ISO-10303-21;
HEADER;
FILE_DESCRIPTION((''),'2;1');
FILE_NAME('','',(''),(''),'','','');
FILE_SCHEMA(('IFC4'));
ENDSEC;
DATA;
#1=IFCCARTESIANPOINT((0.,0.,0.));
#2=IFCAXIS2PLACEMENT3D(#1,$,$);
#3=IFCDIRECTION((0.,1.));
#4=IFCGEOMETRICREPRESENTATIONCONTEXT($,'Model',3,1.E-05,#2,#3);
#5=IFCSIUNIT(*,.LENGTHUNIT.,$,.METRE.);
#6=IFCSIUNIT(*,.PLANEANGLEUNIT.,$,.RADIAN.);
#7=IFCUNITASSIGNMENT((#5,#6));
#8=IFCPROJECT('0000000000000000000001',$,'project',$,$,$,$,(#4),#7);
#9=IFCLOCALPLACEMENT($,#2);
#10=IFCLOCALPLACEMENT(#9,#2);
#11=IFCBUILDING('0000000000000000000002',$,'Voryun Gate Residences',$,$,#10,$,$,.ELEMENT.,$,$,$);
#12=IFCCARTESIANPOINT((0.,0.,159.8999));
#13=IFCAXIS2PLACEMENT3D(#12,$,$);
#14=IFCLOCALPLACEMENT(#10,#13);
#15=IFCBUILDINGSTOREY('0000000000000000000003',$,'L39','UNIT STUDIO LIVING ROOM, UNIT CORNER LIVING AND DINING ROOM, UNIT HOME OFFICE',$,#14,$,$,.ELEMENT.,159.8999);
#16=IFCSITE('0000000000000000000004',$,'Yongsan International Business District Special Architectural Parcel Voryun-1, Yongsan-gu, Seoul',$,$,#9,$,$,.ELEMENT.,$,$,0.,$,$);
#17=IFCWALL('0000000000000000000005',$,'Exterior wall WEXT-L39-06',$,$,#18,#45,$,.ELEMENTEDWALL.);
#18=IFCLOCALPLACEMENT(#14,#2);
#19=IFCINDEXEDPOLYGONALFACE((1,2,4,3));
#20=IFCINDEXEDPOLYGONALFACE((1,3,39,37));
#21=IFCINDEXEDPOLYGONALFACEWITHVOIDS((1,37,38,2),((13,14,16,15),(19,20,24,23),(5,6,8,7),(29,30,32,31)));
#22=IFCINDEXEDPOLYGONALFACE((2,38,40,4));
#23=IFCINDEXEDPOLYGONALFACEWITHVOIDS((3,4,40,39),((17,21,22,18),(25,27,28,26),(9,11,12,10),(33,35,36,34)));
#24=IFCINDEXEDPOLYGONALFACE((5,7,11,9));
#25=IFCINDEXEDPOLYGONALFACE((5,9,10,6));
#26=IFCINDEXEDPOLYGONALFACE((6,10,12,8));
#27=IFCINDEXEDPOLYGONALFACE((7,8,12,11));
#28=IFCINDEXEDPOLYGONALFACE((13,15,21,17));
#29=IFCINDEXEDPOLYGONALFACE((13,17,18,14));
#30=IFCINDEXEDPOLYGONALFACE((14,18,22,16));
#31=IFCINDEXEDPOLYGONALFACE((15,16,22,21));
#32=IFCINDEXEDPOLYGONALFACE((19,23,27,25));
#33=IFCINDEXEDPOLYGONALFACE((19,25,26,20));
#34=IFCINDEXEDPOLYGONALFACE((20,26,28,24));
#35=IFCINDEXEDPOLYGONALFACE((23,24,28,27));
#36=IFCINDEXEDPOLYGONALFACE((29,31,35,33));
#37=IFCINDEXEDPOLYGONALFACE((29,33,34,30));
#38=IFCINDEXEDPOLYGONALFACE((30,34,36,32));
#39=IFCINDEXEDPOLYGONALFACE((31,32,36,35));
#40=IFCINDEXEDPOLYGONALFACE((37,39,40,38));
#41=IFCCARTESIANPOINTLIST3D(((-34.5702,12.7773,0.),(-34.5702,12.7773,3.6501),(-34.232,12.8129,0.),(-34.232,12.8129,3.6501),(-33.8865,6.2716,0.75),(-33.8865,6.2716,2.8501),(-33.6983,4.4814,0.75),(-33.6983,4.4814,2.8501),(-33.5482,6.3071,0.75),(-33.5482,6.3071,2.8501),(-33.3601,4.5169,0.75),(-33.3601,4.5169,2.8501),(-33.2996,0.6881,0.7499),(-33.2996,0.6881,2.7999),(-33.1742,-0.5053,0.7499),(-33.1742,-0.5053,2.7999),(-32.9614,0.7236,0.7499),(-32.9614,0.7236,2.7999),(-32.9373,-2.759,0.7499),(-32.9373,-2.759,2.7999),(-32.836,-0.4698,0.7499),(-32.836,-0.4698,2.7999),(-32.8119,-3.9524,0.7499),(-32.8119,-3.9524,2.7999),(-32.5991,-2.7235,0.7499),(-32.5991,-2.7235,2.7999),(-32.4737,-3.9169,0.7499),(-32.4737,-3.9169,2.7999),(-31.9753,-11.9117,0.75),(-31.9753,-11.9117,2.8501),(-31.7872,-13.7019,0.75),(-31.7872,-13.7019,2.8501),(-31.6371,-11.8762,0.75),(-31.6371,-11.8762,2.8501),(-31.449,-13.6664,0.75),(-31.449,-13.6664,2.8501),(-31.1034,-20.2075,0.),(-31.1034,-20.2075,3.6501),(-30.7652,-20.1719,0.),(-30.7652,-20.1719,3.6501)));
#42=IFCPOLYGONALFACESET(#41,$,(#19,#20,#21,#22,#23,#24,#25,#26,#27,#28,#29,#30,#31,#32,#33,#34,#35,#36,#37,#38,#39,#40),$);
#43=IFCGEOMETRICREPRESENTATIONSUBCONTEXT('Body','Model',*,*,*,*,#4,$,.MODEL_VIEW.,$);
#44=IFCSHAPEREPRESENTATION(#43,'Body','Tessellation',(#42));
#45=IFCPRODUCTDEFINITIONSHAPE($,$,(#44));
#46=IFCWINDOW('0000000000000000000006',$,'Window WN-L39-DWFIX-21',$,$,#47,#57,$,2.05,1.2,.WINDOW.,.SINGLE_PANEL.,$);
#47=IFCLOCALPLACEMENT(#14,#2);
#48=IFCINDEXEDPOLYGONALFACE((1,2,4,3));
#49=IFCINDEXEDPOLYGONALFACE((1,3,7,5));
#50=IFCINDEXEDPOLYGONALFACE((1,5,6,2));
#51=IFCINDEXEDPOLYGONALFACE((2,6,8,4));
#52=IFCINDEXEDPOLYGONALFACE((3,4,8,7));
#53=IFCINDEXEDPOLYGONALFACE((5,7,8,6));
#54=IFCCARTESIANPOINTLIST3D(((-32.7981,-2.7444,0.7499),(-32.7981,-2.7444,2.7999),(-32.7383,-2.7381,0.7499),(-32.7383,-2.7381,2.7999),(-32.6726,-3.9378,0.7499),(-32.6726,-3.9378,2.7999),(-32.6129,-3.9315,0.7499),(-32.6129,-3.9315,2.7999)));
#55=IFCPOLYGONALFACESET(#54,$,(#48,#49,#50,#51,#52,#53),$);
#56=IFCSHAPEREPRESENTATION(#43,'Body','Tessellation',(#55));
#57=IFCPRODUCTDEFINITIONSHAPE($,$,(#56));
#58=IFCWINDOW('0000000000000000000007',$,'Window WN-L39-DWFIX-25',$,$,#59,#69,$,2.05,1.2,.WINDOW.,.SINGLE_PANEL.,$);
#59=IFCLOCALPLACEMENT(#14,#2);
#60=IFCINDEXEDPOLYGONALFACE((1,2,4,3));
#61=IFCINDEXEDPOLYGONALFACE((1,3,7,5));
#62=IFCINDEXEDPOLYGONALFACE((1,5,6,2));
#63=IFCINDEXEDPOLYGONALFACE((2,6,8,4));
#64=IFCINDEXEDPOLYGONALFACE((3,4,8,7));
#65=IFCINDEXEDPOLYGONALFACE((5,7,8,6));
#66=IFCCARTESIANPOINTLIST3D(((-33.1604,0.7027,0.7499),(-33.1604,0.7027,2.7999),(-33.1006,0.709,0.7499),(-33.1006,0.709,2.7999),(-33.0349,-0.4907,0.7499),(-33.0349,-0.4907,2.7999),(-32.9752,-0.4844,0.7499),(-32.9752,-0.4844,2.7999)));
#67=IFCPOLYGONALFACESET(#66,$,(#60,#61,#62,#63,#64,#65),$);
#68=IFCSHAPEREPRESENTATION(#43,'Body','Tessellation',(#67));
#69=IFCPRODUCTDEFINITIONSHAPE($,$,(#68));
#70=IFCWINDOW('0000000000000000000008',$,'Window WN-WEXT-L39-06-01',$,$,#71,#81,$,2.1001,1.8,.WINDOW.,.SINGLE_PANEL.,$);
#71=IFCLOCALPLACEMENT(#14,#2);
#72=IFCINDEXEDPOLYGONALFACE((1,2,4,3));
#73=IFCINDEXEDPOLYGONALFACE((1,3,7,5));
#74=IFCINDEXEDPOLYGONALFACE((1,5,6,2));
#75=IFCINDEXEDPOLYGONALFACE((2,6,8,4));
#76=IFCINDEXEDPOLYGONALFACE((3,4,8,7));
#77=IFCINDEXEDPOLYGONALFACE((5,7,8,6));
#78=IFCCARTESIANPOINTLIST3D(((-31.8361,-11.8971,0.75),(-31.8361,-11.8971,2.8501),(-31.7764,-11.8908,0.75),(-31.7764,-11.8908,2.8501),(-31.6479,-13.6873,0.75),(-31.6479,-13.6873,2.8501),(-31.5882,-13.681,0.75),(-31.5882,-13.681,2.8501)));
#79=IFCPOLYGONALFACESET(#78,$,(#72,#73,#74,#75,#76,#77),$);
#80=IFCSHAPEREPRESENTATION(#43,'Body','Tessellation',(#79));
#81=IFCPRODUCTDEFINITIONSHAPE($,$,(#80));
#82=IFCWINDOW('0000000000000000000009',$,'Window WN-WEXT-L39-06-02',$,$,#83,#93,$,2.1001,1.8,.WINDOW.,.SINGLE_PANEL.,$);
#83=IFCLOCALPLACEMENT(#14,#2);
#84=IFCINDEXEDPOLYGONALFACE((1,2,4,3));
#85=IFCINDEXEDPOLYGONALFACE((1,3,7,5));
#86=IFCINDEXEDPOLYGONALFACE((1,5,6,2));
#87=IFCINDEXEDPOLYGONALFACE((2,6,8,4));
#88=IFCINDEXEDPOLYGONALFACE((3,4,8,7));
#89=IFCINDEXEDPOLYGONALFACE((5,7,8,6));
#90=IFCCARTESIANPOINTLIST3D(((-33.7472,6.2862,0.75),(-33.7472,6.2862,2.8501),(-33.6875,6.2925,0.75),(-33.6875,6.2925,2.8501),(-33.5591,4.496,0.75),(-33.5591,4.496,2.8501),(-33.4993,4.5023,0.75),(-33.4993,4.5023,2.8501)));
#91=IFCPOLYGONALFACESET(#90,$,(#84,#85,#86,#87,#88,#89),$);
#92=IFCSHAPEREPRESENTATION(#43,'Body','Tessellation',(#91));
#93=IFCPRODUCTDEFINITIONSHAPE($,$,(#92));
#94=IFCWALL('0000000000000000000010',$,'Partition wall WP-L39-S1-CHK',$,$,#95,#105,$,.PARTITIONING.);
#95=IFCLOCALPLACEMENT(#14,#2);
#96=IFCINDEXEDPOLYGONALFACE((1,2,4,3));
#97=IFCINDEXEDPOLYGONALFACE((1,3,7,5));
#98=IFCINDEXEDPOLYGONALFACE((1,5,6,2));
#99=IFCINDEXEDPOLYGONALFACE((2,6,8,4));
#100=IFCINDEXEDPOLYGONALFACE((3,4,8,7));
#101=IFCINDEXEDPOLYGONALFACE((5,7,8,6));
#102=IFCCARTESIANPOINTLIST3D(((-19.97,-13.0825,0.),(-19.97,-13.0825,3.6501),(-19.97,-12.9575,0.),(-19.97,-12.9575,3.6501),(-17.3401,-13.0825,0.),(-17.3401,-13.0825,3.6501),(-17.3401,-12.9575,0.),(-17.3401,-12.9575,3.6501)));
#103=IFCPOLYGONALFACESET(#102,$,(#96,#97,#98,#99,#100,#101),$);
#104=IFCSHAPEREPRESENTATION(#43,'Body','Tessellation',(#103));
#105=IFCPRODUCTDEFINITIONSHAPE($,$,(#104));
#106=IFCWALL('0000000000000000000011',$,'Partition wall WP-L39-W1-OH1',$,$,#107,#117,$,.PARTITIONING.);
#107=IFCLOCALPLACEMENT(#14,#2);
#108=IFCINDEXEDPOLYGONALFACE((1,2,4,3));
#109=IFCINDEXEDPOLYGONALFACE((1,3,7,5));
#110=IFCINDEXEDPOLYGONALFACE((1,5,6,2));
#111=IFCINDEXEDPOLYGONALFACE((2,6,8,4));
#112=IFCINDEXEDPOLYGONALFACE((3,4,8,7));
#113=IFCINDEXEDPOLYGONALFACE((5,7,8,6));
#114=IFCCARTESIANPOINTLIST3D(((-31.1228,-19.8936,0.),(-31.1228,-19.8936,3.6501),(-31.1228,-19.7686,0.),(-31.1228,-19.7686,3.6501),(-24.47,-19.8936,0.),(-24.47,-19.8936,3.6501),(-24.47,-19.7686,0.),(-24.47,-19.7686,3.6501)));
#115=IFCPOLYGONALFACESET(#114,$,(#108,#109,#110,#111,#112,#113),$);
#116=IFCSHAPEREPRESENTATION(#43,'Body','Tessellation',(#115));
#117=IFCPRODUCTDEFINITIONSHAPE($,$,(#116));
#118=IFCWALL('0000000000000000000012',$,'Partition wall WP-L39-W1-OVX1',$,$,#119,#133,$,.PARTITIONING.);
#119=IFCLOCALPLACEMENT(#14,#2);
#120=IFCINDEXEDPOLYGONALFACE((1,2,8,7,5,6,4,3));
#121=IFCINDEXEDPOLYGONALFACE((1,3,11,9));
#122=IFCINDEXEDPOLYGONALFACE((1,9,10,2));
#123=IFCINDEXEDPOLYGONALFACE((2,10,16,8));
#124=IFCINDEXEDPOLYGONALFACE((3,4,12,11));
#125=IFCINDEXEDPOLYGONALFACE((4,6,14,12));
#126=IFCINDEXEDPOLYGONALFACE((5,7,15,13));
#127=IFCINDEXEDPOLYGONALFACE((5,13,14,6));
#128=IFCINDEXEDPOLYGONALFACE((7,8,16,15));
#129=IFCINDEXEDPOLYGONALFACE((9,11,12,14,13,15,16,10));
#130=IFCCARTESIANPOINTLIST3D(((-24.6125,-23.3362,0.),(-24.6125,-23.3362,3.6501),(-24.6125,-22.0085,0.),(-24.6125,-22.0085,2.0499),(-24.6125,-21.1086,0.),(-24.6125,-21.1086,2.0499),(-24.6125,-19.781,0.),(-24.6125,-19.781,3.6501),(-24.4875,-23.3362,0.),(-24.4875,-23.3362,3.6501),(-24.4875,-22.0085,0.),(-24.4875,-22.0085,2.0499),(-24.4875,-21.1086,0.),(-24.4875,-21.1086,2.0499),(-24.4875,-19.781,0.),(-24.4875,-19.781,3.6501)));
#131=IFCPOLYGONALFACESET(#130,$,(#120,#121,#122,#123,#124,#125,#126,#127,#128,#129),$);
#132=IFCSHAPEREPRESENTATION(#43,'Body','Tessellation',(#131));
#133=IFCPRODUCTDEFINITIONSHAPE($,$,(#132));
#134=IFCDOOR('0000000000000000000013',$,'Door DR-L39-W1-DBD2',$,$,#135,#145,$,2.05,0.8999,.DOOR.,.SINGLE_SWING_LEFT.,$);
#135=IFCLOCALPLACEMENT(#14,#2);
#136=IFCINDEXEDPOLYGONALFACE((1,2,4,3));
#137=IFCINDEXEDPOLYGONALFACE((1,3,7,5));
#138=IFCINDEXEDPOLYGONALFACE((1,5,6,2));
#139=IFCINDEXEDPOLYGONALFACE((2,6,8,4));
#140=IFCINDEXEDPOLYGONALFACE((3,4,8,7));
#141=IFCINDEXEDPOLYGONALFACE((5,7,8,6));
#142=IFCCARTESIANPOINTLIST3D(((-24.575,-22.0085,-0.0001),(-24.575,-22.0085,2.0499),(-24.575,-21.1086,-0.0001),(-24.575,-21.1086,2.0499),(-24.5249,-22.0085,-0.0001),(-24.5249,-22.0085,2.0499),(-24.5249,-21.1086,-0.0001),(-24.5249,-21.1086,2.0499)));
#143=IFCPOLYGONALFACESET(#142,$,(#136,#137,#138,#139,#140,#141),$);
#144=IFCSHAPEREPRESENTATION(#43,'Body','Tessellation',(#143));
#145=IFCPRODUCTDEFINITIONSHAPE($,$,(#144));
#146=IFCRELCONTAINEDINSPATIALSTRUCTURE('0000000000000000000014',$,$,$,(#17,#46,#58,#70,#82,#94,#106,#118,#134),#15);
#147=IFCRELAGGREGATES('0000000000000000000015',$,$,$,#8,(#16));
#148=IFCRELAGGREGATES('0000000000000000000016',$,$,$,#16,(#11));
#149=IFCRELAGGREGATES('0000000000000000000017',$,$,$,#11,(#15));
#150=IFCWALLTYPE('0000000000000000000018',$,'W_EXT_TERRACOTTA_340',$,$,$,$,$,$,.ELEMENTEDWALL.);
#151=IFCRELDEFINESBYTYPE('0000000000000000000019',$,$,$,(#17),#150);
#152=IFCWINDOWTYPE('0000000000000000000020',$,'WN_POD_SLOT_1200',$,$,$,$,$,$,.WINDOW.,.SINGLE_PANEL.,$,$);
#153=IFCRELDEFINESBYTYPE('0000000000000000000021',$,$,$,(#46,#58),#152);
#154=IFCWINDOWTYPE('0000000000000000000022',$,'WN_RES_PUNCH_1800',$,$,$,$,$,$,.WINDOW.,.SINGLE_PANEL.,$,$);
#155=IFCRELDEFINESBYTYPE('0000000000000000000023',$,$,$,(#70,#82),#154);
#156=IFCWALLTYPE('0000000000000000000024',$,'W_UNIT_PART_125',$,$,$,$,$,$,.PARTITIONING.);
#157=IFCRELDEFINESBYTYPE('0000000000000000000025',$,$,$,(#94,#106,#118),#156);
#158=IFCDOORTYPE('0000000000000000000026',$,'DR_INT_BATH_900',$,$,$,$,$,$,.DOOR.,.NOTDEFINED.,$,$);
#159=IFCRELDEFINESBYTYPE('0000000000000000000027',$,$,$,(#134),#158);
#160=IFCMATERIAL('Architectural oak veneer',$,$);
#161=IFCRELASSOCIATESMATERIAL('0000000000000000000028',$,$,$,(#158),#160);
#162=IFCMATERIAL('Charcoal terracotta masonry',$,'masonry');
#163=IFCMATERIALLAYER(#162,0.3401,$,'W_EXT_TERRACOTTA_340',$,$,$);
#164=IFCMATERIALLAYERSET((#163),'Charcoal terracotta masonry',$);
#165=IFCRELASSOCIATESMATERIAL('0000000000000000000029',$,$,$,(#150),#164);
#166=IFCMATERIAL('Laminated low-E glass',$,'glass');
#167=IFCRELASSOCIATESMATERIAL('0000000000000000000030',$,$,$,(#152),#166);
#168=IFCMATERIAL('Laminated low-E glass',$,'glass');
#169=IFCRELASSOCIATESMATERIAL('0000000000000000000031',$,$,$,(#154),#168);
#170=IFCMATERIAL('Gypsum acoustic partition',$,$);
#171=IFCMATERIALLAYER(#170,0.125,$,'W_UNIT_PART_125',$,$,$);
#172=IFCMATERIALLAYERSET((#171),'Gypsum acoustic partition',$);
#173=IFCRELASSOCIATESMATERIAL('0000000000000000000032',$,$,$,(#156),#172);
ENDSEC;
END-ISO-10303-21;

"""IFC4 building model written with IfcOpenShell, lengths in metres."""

from ifc_helpers import new_model, si_unit, direction, frame, frame_2d, origin, place, context, subcontext, project, spatial, rectangle, extrude, material, layer, layer_set, type_object, element, fill, save


model = new_model("IFC4")

# Units and contexts
model_context = context("Model", 3, precision=1e-05, world=origin(), true_north=direction((0.0, 1.0)))
body_context = subcontext(model_context, "Body", "Model", "MODEL_VIEW")
ifc_project = project(units=[si_unit("LENGTHUNIT", "METRE"), si_unit("PLANEANGLEUNIT", "RADIAN")], contexts=[model_context])

# Site, building, storey
site_placement = place(None, origin())
site = spatial("IfcSite", under=ifc_project, at=site_placement, Name="Yongsan International Business District Special Architectural Parcel Voryun-1, Yongsan-gu, Seoul", CompositionType="ELEMENT", RefElevation=0.0)
building_placement = place(site_placement, origin())
building = spatial("IfcBuilding", under=site, at=building_placement, Name="Voryun Gate Residences", CompositionType="ELEMENT")
storey_placement = place(building_placement, frame((0.0, 0.0, 159.8999)))
storey = spatial("IfcBuildingStorey", under=building, at=storey_placement, Name="L39", Description="UNIT STUDIO LIVING ROOM, UNIT CORNER LIVING AND DINING ROOM, UNIT HOME OFFICE", CompositionType="ELEMENT", Elevation=159.8999)

# Shared definitions
ifc_material_1 = material(Name="Architectural oak veneer")
door_type_1 = type_object("IfcDoorType", Name="DR_INT_BATH_900", OperationType="NOTDEFINED", PredefinedType="DOOR", material=ifc_material_1)

# Shared definitions
ifc_material_2 = material(Name="Charcoal terracotta masonry", Category="masonry")
ifc_layer_1 = layer(ifc_material_2, 0.3401, Name="W_EXT_TERRACOTTA_340")
ifc_layer_set_1 = layer_set([ifc_layer_1], Name="Charcoal terracotta masonry")
wall_type_1 = type_object("IfcWallType", Name="W_EXT_TERRACOTTA_340", PredefinedType="ELEMENTEDWALL", material=ifc_layer_set_1)

# Wall, openings, windows
wall_1_placement = place(storey_placement, frame((-30.9343, -20.1897, 0.0), z_axis=(0.0, 0.0, 1.0), x_axis=(-0.104527, 0.994522, 0.0)))
wall_1 = element("IfcWall", 1, at=wall_1_placement, inside=storey, type_object=wall_type_1, Name="Exterior wall WEXT-L39-06", PredefinedType="ELEMENTEDWALL", context=body_context, shape_type="SweptSolid", body=[
    extrude(rectangle(XDim=33.1665, YDim=0.3401, at=frame_2d((16.5833, 0.0))), origin(), (0.0, 0.0, 1.0), 3.6501),
])
opening_1_placement = place(wall_1_placement, frame((6.5415, 0.0, 0.75)))
opening_1 = element("IfcOpeningElement", 2, at=opening_1_placement, cuts=wall_1, PredefinedType="OPENING", context=body_context, shape_type="SweptSolid", body=[
    extrude(rectangle(XDim=1.8, YDim=2.1001, at=frame_2d((0.8999, 1.05))), frame((0.0, 0.1799, 0.0), z_axis=(0.0, -1.0, 0.0), x_axis=(1.0, 0.0, 0.0)), (0.0, 0.0, 1.0), 0.3601),
])
opening_2_placement = place(wall_1_placement, frame((24.825, 0.0, 0.75)))
opening_2 = element("IfcOpeningElement", 3, at=opening_2_placement, cuts=wall_1, PredefinedType="OPENING", context=body_context, shape_type="SweptSolid", body=[
    extrude(rectangle(XDim=1.8, YDim=2.1001, at=frame_2d((0.8999, 1.05))), frame((0.0, 0.1799, 0.0), z_axis=(0.0, -1.0, 0.0), x_axis=(1.0, 0.0, 0.0)), (0.0, 0.0, 1.0), 0.3601),
])
opening_3_placement = place(wall_1_placement, frame((16.3445, 0.0, 0.75)))
opening_3 = element("IfcOpeningElement", 4, at=opening_3_placement, cuts=wall_1, PredefinedType="OPENING", context=body_context, shape_type="SweptSolid", body=[
    extrude(rectangle(XDim=1.2, YDim=2.05, at=frame_2d((0.6001, 1.0249))), frame((0.0, 0.1799, 0.0), z_axis=(0.0, -1.0, 0.0), x_axis=(1.0, 0.0, 0.0)), (0.0, 0.0, 1.0), 0.3601),
])
opening_4_placement = place(wall_1_placement, frame((19.8105, 0.0, 0.75)))
opening_4 = element("IfcOpeningElement", 5, at=opening_4_placement, cuts=wall_1, PredefinedType="OPENING", context=body_context, shape_type="SweptSolid", body=[
    extrude(rectangle(XDim=1.2, YDim=2.05, at=frame_2d((0.6001, 1.0249))), frame((0.0, 0.1799, 0.0), z_axis=(0.0, -1.0, 0.0), x_axis=(1.0, 0.0, 0.0)), (0.0, 0.0, 1.0), 0.3601),
])
ifc_material_3 = material(Name="Laminated low-E glass", Category="glass")
window_type_1 = type_object("IfcWindowType", Name="WN_POD_SLOT_1200", PartitioningType="SINGLE_PANEL", PredefinedType="WINDOW", material=ifc_material_3)
window_1_placement = place(opening_3_placement, origin())
window_1 = element("IfcWindow", 6, at=window_1_placement, inside=storey, type_object=window_type_1, Name="Window WN-L39-DWFIX-21", OverallHeight=2.05, OverallWidth=1.2, PartitioningType="SINGLE_PANEL", PredefinedType="WINDOW", context=body_context, shape_type="SweptSolid", body=[
    extrude(rectangle(XDim=1.2, YDim=2.05, at=frame_2d((0.6001, 1.0249))), frame((0.0, 0.03, 0.0), z_axis=(0.0, -1.0, 0.0), x_axis=(1.0, 0.0, 0.0)), (0.0, 0.0, 1.0), 0.0601),
])
fill(opening_3, window_1)
window_2_placement = place(opening_4_placement, origin())
window_2 = element("IfcWindow", 7, at=window_2_placement, inside=storey, type_object=window_type_1, Name="Window WN-L39-DWFIX-25", OverallHeight=2.05, OverallWidth=1.2, PartitioningType="SINGLE_PANEL", PredefinedType="WINDOW", context=body_context, shape_type="SweptSolid", body=[
    extrude(rectangle(XDim=1.2, YDim=2.05, at=frame_2d((0.6001, 1.0249))), frame((0.0, 0.03, 0.0), z_axis=(0.0, -1.0, 0.0), x_axis=(1.0, 0.0, 0.0)), (0.0, 0.0, 1.0), 0.0601),
])
fill(opening_4, window_2)
ifc_material_4 = material(Name="Laminated low-E glass", Category="glass")
window_type_2 = type_object("IfcWindowType", Name="WN_RES_PUNCH_1800", PartitioningType="SINGLE_PANEL", PredefinedType="WINDOW", material=ifc_material_4)
window_3_placement = place(opening_1_placement, origin())
window_3 = element("IfcWindow", 8, at=window_3_placement, inside=storey, type_object=window_type_2, Name="Window WN-WEXT-L39-06-01", OverallHeight=2.1001, OverallWidth=1.8, PartitioningType="SINGLE_PANEL", PredefinedType="WINDOW", context=body_context, shape_type="SweptSolid", body=[
    extrude(rectangle(XDim=1.8, YDim=2.1001, at=frame_2d((0.8999, 1.05))), frame((0.0, 0.03, 0.0), z_axis=(0.0, -1.0, 0.0), x_axis=(1.0, 0.0, 0.0)), (0.0, 0.0, 1.0), 0.0601),
])
fill(opening_1, window_3)
window_4_placement = place(opening_2_placement, origin())
window_4 = element("IfcWindow", 9, at=window_4_placement, inside=storey, type_object=window_type_2, Name="Window WN-WEXT-L39-06-02", OverallHeight=2.1001, OverallWidth=1.8, PartitioningType="SINGLE_PANEL", PredefinedType="WINDOW", context=body_context, shape_type="SweptSolid", body=[
    extrude(rectangle(XDim=1.8, YDim=2.1001, at=frame_2d((0.8999, 1.05))), frame((0.0, 0.03, 0.0), z_axis=(0.0, -1.0, 0.0), x_axis=(1.0, 0.0, 0.0)), (0.0, 0.0, 1.0), 0.0601),
])
fill(opening_2, window_4)

# Walls
ifc_material_5 = material(Name="Gypsum acoustic partition")
ifc_layer_2 = layer(ifc_material_5, 0.125, Name="W_UNIT_PART_125")
ifc_layer_set_2 = layer_set([ifc_layer_2], Name="Gypsum acoustic partition")
wall_type_2 = type_object("IfcWallType", Name="W_UNIT_PART_125", PredefinedType="PARTITIONING", material=ifc_layer_set_2)
wall_2_placement = place(storey_placement, frame((-19.97, -13.02, 0.0), z_axis=(0.0, 0.0, 1.0), x_axis=(1.0, 0.0, 0.0)))
element("IfcWall", 10, at=wall_2_placement, inside=storey, type_object=wall_type_2, Name="Partition wall WP-L39-S1-CHK", PredefinedType="PARTITIONING", context=body_context, shape_type="SweptSolid", body=[
    extrude(rectangle(XDim=2.6299, YDim=0.125, at=frame_2d((1.3149, 0.0))), origin(), (0.0, 0.0, 1.0), 3.6501),
])
wall_3_placement = place(storey_placement, frame((-31.1228, -19.8311, 0.0), z_axis=(0.0, 0.0, 1.0), x_axis=(1.0, 0.0, 0.0)))
element("IfcWall", 11, at=wall_3_placement, inside=storey, type_object=wall_type_2, Name="Partition wall WP-L39-W1-OH1", PredefinedType="PARTITIONING", context=body_context, shape_type="SweptSolid", body=[
    extrude(rectangle(XDim=6.6528, YDim=0.125, at=frame_2d((3.3264, 0.0))), origin(), (0.0, 0.0, 1.0), 3.6501),
])

# Wall, opening, door
wall_4_placement = place(storey_placement, frame((-24.55, -23.3362, 0.0), z_axis=(0.0, 0.0, 1.0), x_axis=(0.0, 1.0, 0.0)))
wall_4 = element("IfcWall", 12, at=wall_4_placement, inside=storey, type_object=wall_type_2, Name="Partition wall WP-L39-W1-OVX1", PredefinedType="PARTITIONING", context=body_context, shape_type="SweptSolid", body=[
    extrude(rectangle(XDim=3.5552, YDim=0.125, at=frame_2d((1.7776, 0.0))), origin(), (0.0, 0.0, 1.0), 3.6501),
])
opening_5_placement = place(wall_4_placement, frame((1.3276, 0.0, 0.0)))
opening_5 = element("IfcOpeningElement", 13, at=opening_5_placement, cuts=wall_4, PredefinedType="OPENING", context=body_context, shape_type="SweptSolid", body=[
    extrude(rectangle(XDim=0.8999, YDim=2.05, at=frame_2d((0.45, 1.0249))), frame((0.0, 0.0725, 0.0), z_axis=(0.0, -1.0, 0.0), x_axis=(1.0, 0.0, 0.0)), (0.0, 0.0, 1.0), 0.145),
])
door_1_placement = place(opening_5_placement, origin())
door_1 = element("IfcDoor", 14, at=door_1_placement, inside=storey, type_object=door_type_1, Name="Door DR-L39-W1-DBD2", OperationType="SINGLE_SWING_LEFT", OverallHeight=2.05, OverallWidth=0.8999, PredefinedType="DOOR", context=body_context, shape_type="SweptSolid", body=[
    extrude(rectangle(XDim=0.8999, YDim=2.05, at=frame_2d((0.45, 1.0249))), frame((0.0, 0.0249, 0.0), z_axis=(0.0, -1.0, 0.0), x_axis=(1.0, 0.0, 0.0)), (0.0, 0.0, 1.0), 0.05),
])
fill(opening_5, door_1)

save(model, "model.ifc")
